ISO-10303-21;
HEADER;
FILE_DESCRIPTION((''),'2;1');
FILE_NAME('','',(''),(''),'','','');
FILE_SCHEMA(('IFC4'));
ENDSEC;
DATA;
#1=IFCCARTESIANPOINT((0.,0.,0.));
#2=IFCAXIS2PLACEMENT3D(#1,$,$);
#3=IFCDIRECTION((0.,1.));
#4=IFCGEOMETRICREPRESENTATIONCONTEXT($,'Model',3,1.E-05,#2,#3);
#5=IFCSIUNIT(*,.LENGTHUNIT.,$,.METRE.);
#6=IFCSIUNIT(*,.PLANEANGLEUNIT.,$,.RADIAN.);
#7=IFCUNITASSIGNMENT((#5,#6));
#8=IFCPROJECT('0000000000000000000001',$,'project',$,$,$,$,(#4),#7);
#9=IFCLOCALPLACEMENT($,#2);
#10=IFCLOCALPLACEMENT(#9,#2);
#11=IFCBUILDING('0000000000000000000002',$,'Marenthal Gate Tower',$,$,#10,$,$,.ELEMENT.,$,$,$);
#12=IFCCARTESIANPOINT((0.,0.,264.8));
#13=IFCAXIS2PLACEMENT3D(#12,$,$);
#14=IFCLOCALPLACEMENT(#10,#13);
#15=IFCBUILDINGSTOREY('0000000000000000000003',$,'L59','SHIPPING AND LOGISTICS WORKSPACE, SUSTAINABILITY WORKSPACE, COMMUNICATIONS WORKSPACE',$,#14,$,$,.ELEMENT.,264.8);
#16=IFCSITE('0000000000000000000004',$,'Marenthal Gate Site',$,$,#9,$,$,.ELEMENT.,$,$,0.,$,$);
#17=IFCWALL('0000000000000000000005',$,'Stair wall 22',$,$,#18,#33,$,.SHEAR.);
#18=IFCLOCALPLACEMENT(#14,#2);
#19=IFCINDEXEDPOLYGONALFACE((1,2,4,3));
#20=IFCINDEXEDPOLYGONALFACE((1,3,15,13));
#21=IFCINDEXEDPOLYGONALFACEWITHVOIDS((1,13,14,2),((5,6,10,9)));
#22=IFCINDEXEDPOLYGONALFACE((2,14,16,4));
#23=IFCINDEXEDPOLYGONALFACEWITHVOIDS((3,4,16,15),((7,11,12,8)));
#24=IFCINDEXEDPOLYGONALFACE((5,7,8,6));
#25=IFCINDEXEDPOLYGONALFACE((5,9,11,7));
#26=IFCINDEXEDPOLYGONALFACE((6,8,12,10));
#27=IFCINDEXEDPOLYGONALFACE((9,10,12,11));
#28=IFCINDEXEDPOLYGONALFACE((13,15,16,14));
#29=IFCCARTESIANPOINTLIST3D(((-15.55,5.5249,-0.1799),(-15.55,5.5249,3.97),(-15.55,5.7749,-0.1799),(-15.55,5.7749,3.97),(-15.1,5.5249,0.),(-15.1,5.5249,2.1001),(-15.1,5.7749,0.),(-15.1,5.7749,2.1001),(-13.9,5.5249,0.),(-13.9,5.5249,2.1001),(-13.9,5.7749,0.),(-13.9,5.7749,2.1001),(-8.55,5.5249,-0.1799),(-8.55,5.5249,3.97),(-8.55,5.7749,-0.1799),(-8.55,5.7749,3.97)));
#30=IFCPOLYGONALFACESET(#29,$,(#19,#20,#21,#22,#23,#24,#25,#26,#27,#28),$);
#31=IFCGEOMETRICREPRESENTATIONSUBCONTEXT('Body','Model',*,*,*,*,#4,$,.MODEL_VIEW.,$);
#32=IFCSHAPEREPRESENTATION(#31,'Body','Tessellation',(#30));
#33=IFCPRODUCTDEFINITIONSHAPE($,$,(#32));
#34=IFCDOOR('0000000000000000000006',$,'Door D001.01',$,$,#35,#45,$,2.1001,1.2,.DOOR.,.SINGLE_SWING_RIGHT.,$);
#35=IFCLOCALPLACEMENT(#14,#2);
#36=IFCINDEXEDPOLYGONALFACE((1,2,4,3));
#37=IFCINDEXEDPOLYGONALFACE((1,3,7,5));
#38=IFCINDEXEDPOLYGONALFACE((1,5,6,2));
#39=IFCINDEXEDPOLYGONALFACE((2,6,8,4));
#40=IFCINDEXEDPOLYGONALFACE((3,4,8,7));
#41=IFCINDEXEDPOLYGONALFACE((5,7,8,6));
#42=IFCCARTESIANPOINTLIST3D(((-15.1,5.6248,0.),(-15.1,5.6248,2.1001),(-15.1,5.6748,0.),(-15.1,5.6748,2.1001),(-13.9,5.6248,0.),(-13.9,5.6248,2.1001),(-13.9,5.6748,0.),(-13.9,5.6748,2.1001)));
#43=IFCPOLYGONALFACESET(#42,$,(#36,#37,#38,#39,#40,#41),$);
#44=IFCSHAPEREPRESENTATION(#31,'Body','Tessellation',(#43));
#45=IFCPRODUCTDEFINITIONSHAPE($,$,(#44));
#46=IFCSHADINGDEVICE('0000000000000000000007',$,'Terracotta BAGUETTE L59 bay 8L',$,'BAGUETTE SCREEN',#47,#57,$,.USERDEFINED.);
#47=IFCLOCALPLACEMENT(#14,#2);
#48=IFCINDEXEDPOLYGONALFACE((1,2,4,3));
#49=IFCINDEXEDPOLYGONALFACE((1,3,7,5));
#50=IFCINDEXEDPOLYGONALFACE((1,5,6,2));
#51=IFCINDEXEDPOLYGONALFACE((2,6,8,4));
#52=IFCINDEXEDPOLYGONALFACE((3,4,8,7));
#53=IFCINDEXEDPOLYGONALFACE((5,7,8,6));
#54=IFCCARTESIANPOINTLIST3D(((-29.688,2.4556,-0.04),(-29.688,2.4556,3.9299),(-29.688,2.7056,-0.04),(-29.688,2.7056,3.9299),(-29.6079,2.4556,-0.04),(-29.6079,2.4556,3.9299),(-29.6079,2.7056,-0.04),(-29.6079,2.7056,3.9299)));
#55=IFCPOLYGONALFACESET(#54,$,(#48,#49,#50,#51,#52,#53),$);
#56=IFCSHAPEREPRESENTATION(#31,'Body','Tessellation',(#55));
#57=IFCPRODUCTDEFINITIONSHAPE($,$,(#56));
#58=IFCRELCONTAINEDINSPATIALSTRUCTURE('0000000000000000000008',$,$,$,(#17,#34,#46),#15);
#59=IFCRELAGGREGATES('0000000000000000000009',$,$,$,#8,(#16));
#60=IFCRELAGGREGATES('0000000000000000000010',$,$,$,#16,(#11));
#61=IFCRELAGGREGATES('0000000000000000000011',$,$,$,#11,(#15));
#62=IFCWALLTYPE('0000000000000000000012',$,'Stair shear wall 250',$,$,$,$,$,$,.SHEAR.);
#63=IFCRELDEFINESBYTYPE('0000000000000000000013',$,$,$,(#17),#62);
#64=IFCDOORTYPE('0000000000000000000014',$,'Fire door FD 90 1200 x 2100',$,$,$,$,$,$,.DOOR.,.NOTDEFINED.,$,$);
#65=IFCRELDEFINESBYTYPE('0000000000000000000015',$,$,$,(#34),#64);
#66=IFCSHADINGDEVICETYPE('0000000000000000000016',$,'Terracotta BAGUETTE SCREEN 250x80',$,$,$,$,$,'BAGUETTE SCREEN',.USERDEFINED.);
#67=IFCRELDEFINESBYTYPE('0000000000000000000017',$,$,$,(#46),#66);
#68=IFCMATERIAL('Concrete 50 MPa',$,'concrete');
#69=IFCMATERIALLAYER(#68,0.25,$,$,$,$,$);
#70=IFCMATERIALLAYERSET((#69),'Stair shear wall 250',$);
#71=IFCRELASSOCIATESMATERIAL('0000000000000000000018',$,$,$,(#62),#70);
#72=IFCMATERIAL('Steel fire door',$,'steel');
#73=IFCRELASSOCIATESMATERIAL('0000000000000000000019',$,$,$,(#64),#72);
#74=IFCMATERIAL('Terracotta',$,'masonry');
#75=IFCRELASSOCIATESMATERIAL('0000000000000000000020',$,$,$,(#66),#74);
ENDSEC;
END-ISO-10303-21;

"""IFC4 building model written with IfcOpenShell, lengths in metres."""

from ifc_helpers import new_model, si_unit, direction, frame, frame_2d, origin, origin_2d, place, context, subcontext, project, spatial, rectangle, extrude, material, layer, layer_set, material_profile, profile_set, type_object, element, fill, save


model = new_model("IFC4")

# Units and contexts
model_context = context("Model", 3, precision=1e-05, world=origin(), true_north=direction((0.0, 1.0)))
body_context = subcontext(model_context, "Body", "Model", "MODEL_VIEW")
ifc_project = project(units=[si_unit("LENGTHUNIT", "METRE"), si_unit("PLANEANGLEUNIT", "RADIAN")], contexts=[model_context])

# Site, building, storey
site_placement = place(None, origin())
site = spatial("IfcSite", under=ifc_project, at=site_placement, Name="Marenthal Gate Site", CompositionType="ELEMENT", RefElevation=0.0)
building_placement = place(site_placement, origin())
building = spatial("IfcBuilding", under=site, at=building_placement, Name="Marenthal Gate Tower", CompositionType="ELEMENT")
storey_placement = place(building_placement, frame((0.0, 0.0, 264.8)))
storey = spatial("IfcBuildingStorey", under=building, at=storey_placement, Name="L59", Description="SHIPPING AND LOGISTICS WORKSPACE, SUSTAINABILITY WORKSPACE, COMMUNICATIONS WORKSPACE", CompositionType="ELEMENT", Elevation=264.8)

# Wall, opening, door
ifc_material_1 = material(Name="Concrete 50 MPa", Category="concrete")
ifc_layer_1 = layer(ifc_material_1, 0.25)
ifc_layer_set_1 = layer_set([ifc_layer_1], Name="Stair shear wall 250")
wall_type_1 = type_object("IfcWallType", Name="Stair shear wall 250", PredefinedType="SHEAR", material=ifc_layer_set_1)
wall_1_placement = place(storey_placement, frame((-15.55, 5.6499, -0.1799), z_axis=(0.0, 0.0, 1.0), x_axis=(1.0, 0.0, 0.0)))
wall_1 = element("IfcWall", 1, at=wall_1_placement, inside=storey, type_object=wall_type_1, Name="Stair wall 22", PredefinedType="SHEAR", context=body_context, shape_type="SweptSolid", body=[
    extrude(rectangle(XDim=7.0, YDim=0.25, at=frame_2d((3.5, 0.0))), origin(), (0.0, 0.0, 1.0), 4.1499),
])
opening_1_placement = place(wall_1_placement, frame((0.45, 0.0, 0.1799)))
opening_1 = element("IfcOpeningElement", 2, at=opening_1_placement, cuts=wall_1, PredefinedType="OPENING", context=body_context, shape_type="SweptSolid", body=[
    extrude(rectangle(XDim=1.2, YDim=2.1001, at=frame_2d((0.6001, 1.05))), frame((0.0, 0.135, 0.0), z_axis=(0.0, -1.0, 0.0), x_axis=(1.0, 0.0, 0.0)), (0.0, 0.0, 1.0), 0.27),
])
ifc_material_2 = material(Name="Steel fire door", Category="steel")
door_type_1 = type_object("IfcDoorType", Name="Fire door FD 90 1200 x 2100", OperationType="NOTDEFINED", PredefinedType="DOOR", material=ifc_material_2)
door_1_placement = place(opening_1_placement, origin())
door_1 = element("IfcDoor", 3, at=door_1_placement, inside=storey, type_object=door_type_1, Name="Door D001.01", OperationType="SINGLE_SWING_RIGHT", OverallHeight=2.1001, OverallWidth=1.2, PredefinedType="DOOR", context=body_context, shape_type="SweptSolid", body=[
    extrude(rectangle(XDim=1.2, YDim=2.1001, at=frame_2d((0.6001, 1.05))), frame((0.0, 0.0249, 0.0), z_axis=(0.0, -1.0, 0.0), x_axis=(1.0, 0.0, 0.0)), (0.0, 0.0, 1.0), 0.05),
])
fill(opening_1, door_1)

# Shading device
ifc_material_3 = material(Name="Terracotta", Category="masonry")
ifc_material_profile_1 = material_profile(ifc_material_3, rectangle(XDim=0.25, YDim=0.0801, at=origin_2d()), Name="Terracotta baguette 250x80")
ifc_profile_set_1 = profile_set([ifc_material_profile_1], Name="Terracotta")
shading_device_type = type_object("IfcShadingDeviceType", Name="Terracotta BAGUETTE SCREEN 250x80", ElementType="BAGUETTE SCREEN", PredefinedType="USERDEFINED", material=ifc_profile_set_1)
shading_device_placement = place(storey_placement, frame((-29.6479, 2.5806, -0.04), z_axis=(0.0, 0.0, 1.0), x_axis=(0.0, -1.0, 0.0)))
element("IfcShadingDevice", 4, at=shading_device_placement, inside=storey, type_object=shading_device_type, Name="Terracotta BAGUETTE L59 bay 8L", ObjectType="BAGUETTE SCREEN", PredefinedType="USERDEFINED", context=body_context, shape_type="SweptSolid", body=[
    extrude(rectangle(XDim=0.25, YDim=0.0801, at=origin_2d()), origin(), (0.0, 0.0, 1.0), 3.97),
])

save(model, "model.ifc")
